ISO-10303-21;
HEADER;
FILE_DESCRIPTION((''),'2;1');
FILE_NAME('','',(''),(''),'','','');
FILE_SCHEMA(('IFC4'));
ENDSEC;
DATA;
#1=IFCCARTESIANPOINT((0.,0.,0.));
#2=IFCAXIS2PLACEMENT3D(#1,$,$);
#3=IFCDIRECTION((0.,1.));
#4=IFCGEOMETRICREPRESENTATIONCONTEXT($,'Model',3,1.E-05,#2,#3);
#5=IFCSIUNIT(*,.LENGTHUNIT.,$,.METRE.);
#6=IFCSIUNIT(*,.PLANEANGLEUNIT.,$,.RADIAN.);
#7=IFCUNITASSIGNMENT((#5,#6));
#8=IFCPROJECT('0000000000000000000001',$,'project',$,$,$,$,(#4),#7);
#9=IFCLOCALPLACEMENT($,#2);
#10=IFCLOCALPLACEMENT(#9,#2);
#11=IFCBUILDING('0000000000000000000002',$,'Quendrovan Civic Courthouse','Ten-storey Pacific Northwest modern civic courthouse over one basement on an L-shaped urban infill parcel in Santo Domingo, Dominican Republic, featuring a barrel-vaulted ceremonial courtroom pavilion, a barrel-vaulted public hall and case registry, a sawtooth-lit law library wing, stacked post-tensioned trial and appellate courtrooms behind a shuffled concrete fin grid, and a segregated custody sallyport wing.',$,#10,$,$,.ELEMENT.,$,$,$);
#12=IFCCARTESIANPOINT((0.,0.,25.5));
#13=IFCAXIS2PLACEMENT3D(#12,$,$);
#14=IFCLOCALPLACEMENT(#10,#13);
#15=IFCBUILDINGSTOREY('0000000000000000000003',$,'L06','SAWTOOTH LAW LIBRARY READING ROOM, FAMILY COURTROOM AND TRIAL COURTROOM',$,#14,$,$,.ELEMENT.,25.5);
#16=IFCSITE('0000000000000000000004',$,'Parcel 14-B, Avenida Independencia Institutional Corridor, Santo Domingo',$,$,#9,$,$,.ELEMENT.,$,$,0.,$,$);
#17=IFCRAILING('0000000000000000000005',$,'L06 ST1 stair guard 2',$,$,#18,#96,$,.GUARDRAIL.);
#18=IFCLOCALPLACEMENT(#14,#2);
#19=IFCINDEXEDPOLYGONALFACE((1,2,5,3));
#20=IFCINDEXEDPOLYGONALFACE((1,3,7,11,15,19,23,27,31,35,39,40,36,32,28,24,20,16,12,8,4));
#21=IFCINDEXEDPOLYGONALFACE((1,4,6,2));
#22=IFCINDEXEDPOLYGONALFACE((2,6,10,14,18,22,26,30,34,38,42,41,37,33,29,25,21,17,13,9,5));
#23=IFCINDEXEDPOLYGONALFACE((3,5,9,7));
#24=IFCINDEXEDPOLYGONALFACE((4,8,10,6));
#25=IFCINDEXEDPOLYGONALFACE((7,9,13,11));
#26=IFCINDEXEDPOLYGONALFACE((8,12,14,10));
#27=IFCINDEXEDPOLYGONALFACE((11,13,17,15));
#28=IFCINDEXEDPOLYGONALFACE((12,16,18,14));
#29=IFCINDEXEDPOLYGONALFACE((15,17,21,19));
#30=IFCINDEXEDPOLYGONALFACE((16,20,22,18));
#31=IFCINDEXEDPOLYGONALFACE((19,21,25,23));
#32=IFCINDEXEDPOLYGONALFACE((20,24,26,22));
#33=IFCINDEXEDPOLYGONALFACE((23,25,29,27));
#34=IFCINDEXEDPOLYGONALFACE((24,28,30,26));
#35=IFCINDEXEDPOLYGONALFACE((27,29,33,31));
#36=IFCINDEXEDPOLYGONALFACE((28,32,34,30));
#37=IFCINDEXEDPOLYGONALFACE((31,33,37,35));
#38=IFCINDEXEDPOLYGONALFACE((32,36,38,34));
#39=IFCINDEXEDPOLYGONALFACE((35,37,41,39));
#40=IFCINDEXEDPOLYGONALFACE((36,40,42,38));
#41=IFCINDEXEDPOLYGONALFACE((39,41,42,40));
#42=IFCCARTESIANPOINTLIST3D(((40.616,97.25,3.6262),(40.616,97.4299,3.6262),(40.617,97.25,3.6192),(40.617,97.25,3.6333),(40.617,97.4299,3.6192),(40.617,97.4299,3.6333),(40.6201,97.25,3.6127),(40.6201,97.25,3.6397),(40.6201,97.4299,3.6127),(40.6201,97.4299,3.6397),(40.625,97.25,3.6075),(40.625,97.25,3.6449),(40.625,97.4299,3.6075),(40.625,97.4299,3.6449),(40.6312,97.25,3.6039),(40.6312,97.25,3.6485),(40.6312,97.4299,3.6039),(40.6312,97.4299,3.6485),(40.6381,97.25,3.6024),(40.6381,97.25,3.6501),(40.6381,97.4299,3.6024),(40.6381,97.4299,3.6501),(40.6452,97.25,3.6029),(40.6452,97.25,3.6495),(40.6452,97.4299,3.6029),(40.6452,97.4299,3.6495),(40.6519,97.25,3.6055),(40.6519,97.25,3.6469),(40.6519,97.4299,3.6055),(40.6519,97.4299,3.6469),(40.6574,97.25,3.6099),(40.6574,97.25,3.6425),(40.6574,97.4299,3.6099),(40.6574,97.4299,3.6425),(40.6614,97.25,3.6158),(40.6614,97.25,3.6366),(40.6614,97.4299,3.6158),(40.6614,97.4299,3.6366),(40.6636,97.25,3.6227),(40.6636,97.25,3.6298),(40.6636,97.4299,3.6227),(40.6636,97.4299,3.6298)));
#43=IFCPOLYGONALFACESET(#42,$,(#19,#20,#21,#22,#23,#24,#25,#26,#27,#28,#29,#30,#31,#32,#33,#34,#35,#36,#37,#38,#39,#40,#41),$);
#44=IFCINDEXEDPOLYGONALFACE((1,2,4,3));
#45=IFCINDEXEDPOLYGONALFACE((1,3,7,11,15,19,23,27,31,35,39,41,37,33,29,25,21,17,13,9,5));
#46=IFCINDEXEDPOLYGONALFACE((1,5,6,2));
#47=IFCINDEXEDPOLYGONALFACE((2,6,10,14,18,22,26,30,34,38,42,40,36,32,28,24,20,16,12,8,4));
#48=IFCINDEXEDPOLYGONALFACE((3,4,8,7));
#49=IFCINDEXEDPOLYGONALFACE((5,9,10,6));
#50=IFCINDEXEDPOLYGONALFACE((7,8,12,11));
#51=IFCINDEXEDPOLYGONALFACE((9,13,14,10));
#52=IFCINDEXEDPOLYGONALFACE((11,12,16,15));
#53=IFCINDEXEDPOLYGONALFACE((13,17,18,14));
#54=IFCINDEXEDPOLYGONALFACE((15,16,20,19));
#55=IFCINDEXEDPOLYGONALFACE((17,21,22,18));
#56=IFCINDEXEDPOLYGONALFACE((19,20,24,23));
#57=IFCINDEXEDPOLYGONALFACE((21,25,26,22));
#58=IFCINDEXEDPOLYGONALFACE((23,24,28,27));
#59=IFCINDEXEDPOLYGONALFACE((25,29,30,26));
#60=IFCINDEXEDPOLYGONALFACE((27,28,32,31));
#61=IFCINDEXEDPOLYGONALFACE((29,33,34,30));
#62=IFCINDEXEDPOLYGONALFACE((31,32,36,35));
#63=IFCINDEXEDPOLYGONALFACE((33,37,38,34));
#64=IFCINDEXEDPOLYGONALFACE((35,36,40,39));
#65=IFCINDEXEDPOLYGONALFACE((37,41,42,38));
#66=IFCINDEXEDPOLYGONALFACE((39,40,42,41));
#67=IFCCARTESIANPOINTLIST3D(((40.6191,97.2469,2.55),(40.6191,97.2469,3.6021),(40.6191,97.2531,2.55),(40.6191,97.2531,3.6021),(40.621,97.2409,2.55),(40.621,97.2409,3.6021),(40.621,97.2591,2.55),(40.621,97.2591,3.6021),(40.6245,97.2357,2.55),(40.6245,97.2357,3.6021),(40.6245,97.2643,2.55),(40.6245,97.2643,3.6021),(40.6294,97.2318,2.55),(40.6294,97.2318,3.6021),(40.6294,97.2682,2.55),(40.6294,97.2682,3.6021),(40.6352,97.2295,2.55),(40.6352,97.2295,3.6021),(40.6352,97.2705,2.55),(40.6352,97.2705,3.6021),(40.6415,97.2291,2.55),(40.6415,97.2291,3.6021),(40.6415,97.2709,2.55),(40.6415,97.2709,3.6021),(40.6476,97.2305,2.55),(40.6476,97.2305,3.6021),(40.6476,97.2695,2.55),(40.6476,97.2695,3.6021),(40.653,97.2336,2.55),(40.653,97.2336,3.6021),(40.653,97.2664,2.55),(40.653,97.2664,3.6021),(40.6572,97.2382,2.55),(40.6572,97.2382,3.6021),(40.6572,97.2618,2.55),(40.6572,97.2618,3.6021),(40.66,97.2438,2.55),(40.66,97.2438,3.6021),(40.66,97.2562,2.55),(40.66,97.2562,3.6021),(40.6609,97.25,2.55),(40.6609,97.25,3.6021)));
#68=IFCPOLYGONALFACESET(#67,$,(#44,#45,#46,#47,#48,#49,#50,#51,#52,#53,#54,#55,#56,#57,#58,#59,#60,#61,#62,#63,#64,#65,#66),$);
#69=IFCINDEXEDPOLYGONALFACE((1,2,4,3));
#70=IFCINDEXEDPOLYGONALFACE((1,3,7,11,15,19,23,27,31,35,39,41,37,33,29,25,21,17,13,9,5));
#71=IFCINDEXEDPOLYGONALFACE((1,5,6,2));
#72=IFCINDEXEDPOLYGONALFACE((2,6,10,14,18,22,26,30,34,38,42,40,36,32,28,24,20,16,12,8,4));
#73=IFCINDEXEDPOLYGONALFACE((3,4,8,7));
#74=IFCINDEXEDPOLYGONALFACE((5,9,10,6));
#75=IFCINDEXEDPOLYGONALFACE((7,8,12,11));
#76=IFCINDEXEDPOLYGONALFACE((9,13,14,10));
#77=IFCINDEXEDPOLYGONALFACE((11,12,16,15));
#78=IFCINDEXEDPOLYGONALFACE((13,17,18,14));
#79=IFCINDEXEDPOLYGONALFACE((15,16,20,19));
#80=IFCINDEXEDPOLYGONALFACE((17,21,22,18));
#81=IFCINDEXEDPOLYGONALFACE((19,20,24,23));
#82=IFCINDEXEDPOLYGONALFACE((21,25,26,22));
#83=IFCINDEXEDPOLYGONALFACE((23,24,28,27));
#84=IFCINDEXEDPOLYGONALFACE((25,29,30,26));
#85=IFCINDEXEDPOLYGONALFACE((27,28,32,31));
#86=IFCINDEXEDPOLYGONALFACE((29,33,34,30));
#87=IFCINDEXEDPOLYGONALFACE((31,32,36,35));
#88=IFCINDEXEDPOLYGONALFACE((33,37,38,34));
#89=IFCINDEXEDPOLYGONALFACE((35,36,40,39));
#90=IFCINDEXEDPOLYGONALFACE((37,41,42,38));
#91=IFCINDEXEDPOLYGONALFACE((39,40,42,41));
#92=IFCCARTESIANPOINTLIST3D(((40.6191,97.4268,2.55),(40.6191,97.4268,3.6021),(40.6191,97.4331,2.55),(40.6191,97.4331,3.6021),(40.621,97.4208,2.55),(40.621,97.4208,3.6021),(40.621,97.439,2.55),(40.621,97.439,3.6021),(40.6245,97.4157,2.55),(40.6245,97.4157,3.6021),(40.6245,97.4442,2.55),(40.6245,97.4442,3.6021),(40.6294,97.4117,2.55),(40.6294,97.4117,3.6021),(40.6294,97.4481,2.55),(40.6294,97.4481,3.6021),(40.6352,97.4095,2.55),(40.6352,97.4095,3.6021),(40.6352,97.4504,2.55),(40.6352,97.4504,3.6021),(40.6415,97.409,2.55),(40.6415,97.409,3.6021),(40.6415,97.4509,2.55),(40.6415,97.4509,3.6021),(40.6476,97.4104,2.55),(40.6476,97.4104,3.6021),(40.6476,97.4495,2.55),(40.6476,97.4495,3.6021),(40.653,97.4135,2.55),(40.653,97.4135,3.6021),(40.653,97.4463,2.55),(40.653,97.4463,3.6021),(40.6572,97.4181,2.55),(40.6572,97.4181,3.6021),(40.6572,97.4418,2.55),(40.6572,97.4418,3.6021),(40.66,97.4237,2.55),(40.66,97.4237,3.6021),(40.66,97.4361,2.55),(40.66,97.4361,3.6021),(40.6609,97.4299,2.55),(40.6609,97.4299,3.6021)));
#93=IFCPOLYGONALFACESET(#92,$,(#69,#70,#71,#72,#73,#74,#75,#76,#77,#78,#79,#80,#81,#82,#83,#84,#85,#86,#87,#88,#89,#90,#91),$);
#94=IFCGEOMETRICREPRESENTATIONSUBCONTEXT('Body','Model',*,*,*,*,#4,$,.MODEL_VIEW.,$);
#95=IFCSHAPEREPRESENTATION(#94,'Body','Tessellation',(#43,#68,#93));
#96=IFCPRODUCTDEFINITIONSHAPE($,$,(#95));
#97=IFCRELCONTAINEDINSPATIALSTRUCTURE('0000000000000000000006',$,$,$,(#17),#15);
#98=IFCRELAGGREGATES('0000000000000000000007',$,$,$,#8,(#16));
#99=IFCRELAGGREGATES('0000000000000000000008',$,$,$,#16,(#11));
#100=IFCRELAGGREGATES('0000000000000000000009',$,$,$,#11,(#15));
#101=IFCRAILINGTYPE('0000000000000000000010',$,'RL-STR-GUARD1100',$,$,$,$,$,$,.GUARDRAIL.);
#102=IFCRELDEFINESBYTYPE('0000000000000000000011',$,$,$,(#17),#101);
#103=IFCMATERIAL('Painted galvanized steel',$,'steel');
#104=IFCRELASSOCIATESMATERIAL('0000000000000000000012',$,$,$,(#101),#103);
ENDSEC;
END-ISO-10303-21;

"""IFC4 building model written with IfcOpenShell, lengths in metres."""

from ifc_helpers import new_model, si_unit, direction, frame, origin, origin_2d, place, context, subcontext, project, spatial, circle, extrude, material, type_object, element, save


model = new_model("IFC4")

# Units and contexts
model_context = context("Model", 3, precision=1e-05, world=origin(), true_north=direction((0.0, 1.0)))
body_context = subcontext(model_context, "Body", "Model", "MODEL_VIEW")
ifc_project = project(units=[si_unit("LENGTHUNIT", "METRE"), si_unit("PLANEANGLEUNIT", "RADIAN")], contexts=[model_context])

# Site, building, storey
site_placement = place(None, origin())
site = spatial("IfcSite", under=ifc_project, at=site_placement, Name="Parcel 14-B, Avenida Independencia Institutional Corridor, Santo Domingo", CompositionType="ELEMENT", RefElevation=0.0)
building_placement = place(site_placement, origin())
building = spatial("IfcBuilding", under=site, at=building_placement, Name="Quendrovan Civic Courthouse", Description="Ten-storey Pacific Northwest modern civic courthouse over one basement on an L-shaped urban infill parcel in Santo Domingo, Dominican Republic, featuring a barrel-vaulted ceremonial courtroom pavilion, a barrel-vaulted public hall and case registry, a sawtooth-lit law library wing, stacked post-tensioned trial and appellate courtrooms behind a shuffled concrete fin grid, and a segregated custody sallyport wing.", CompositionType="ELEMENT")
storey_placement = place(building_placement, frame((0.0, 0.0, 25.5)))
storey = spatial("IfcBuildingStorey", under=building, at=storey_placement, Name="L06", Description="SAWTOOTH LAW LIBRARY READING ROOM, FAMILY COURTROOM AND TRIAL COURTROOM", CompositionType="ELEMENT", Elevation=25.5)

# Railing
ifc_material_1 = material(Name="Painted galvanized steel", Category="steel")
railing_type_1 = type_object("IfcRailingType", Name="RL-STR-GUARD1100", PredefinedType="GUARDRAIL", material=ifc_material_1)
railing_1_placement = place(storey_placement, frame((40.6399, 97.25, 2.55)))
element("IfcRailing", 1, at=railing_1_placement, inside=storey, type_object=railing_type_1, Name="L06 ST1 stair guard 2", PredefinedType="GUARDRAIL", context=body_context, shape_type="SweptSolid", body=[
    extrude(circle(Radius=0.0239, at=origin_2d()), frame((0.0, 0.0, 1.0762), z_axis=(0.0, 1.0, 0.0), x_axis=(-1.0, 0.0, 0.0)), (0.0, 0.0, 1.0), 0.1799),
    extrude(circle(Radius=0.021, at=origin_2d()), origin(), (0.0, 0.0, 1.0), 1.052),
    extrude(circle(Radius=0.021, at=origin_2d()), frame((0.0, 0.1799, 0.0)), (0.0, 0.0, 1.0), 1.052),
])

save(model, "model.ifc")
